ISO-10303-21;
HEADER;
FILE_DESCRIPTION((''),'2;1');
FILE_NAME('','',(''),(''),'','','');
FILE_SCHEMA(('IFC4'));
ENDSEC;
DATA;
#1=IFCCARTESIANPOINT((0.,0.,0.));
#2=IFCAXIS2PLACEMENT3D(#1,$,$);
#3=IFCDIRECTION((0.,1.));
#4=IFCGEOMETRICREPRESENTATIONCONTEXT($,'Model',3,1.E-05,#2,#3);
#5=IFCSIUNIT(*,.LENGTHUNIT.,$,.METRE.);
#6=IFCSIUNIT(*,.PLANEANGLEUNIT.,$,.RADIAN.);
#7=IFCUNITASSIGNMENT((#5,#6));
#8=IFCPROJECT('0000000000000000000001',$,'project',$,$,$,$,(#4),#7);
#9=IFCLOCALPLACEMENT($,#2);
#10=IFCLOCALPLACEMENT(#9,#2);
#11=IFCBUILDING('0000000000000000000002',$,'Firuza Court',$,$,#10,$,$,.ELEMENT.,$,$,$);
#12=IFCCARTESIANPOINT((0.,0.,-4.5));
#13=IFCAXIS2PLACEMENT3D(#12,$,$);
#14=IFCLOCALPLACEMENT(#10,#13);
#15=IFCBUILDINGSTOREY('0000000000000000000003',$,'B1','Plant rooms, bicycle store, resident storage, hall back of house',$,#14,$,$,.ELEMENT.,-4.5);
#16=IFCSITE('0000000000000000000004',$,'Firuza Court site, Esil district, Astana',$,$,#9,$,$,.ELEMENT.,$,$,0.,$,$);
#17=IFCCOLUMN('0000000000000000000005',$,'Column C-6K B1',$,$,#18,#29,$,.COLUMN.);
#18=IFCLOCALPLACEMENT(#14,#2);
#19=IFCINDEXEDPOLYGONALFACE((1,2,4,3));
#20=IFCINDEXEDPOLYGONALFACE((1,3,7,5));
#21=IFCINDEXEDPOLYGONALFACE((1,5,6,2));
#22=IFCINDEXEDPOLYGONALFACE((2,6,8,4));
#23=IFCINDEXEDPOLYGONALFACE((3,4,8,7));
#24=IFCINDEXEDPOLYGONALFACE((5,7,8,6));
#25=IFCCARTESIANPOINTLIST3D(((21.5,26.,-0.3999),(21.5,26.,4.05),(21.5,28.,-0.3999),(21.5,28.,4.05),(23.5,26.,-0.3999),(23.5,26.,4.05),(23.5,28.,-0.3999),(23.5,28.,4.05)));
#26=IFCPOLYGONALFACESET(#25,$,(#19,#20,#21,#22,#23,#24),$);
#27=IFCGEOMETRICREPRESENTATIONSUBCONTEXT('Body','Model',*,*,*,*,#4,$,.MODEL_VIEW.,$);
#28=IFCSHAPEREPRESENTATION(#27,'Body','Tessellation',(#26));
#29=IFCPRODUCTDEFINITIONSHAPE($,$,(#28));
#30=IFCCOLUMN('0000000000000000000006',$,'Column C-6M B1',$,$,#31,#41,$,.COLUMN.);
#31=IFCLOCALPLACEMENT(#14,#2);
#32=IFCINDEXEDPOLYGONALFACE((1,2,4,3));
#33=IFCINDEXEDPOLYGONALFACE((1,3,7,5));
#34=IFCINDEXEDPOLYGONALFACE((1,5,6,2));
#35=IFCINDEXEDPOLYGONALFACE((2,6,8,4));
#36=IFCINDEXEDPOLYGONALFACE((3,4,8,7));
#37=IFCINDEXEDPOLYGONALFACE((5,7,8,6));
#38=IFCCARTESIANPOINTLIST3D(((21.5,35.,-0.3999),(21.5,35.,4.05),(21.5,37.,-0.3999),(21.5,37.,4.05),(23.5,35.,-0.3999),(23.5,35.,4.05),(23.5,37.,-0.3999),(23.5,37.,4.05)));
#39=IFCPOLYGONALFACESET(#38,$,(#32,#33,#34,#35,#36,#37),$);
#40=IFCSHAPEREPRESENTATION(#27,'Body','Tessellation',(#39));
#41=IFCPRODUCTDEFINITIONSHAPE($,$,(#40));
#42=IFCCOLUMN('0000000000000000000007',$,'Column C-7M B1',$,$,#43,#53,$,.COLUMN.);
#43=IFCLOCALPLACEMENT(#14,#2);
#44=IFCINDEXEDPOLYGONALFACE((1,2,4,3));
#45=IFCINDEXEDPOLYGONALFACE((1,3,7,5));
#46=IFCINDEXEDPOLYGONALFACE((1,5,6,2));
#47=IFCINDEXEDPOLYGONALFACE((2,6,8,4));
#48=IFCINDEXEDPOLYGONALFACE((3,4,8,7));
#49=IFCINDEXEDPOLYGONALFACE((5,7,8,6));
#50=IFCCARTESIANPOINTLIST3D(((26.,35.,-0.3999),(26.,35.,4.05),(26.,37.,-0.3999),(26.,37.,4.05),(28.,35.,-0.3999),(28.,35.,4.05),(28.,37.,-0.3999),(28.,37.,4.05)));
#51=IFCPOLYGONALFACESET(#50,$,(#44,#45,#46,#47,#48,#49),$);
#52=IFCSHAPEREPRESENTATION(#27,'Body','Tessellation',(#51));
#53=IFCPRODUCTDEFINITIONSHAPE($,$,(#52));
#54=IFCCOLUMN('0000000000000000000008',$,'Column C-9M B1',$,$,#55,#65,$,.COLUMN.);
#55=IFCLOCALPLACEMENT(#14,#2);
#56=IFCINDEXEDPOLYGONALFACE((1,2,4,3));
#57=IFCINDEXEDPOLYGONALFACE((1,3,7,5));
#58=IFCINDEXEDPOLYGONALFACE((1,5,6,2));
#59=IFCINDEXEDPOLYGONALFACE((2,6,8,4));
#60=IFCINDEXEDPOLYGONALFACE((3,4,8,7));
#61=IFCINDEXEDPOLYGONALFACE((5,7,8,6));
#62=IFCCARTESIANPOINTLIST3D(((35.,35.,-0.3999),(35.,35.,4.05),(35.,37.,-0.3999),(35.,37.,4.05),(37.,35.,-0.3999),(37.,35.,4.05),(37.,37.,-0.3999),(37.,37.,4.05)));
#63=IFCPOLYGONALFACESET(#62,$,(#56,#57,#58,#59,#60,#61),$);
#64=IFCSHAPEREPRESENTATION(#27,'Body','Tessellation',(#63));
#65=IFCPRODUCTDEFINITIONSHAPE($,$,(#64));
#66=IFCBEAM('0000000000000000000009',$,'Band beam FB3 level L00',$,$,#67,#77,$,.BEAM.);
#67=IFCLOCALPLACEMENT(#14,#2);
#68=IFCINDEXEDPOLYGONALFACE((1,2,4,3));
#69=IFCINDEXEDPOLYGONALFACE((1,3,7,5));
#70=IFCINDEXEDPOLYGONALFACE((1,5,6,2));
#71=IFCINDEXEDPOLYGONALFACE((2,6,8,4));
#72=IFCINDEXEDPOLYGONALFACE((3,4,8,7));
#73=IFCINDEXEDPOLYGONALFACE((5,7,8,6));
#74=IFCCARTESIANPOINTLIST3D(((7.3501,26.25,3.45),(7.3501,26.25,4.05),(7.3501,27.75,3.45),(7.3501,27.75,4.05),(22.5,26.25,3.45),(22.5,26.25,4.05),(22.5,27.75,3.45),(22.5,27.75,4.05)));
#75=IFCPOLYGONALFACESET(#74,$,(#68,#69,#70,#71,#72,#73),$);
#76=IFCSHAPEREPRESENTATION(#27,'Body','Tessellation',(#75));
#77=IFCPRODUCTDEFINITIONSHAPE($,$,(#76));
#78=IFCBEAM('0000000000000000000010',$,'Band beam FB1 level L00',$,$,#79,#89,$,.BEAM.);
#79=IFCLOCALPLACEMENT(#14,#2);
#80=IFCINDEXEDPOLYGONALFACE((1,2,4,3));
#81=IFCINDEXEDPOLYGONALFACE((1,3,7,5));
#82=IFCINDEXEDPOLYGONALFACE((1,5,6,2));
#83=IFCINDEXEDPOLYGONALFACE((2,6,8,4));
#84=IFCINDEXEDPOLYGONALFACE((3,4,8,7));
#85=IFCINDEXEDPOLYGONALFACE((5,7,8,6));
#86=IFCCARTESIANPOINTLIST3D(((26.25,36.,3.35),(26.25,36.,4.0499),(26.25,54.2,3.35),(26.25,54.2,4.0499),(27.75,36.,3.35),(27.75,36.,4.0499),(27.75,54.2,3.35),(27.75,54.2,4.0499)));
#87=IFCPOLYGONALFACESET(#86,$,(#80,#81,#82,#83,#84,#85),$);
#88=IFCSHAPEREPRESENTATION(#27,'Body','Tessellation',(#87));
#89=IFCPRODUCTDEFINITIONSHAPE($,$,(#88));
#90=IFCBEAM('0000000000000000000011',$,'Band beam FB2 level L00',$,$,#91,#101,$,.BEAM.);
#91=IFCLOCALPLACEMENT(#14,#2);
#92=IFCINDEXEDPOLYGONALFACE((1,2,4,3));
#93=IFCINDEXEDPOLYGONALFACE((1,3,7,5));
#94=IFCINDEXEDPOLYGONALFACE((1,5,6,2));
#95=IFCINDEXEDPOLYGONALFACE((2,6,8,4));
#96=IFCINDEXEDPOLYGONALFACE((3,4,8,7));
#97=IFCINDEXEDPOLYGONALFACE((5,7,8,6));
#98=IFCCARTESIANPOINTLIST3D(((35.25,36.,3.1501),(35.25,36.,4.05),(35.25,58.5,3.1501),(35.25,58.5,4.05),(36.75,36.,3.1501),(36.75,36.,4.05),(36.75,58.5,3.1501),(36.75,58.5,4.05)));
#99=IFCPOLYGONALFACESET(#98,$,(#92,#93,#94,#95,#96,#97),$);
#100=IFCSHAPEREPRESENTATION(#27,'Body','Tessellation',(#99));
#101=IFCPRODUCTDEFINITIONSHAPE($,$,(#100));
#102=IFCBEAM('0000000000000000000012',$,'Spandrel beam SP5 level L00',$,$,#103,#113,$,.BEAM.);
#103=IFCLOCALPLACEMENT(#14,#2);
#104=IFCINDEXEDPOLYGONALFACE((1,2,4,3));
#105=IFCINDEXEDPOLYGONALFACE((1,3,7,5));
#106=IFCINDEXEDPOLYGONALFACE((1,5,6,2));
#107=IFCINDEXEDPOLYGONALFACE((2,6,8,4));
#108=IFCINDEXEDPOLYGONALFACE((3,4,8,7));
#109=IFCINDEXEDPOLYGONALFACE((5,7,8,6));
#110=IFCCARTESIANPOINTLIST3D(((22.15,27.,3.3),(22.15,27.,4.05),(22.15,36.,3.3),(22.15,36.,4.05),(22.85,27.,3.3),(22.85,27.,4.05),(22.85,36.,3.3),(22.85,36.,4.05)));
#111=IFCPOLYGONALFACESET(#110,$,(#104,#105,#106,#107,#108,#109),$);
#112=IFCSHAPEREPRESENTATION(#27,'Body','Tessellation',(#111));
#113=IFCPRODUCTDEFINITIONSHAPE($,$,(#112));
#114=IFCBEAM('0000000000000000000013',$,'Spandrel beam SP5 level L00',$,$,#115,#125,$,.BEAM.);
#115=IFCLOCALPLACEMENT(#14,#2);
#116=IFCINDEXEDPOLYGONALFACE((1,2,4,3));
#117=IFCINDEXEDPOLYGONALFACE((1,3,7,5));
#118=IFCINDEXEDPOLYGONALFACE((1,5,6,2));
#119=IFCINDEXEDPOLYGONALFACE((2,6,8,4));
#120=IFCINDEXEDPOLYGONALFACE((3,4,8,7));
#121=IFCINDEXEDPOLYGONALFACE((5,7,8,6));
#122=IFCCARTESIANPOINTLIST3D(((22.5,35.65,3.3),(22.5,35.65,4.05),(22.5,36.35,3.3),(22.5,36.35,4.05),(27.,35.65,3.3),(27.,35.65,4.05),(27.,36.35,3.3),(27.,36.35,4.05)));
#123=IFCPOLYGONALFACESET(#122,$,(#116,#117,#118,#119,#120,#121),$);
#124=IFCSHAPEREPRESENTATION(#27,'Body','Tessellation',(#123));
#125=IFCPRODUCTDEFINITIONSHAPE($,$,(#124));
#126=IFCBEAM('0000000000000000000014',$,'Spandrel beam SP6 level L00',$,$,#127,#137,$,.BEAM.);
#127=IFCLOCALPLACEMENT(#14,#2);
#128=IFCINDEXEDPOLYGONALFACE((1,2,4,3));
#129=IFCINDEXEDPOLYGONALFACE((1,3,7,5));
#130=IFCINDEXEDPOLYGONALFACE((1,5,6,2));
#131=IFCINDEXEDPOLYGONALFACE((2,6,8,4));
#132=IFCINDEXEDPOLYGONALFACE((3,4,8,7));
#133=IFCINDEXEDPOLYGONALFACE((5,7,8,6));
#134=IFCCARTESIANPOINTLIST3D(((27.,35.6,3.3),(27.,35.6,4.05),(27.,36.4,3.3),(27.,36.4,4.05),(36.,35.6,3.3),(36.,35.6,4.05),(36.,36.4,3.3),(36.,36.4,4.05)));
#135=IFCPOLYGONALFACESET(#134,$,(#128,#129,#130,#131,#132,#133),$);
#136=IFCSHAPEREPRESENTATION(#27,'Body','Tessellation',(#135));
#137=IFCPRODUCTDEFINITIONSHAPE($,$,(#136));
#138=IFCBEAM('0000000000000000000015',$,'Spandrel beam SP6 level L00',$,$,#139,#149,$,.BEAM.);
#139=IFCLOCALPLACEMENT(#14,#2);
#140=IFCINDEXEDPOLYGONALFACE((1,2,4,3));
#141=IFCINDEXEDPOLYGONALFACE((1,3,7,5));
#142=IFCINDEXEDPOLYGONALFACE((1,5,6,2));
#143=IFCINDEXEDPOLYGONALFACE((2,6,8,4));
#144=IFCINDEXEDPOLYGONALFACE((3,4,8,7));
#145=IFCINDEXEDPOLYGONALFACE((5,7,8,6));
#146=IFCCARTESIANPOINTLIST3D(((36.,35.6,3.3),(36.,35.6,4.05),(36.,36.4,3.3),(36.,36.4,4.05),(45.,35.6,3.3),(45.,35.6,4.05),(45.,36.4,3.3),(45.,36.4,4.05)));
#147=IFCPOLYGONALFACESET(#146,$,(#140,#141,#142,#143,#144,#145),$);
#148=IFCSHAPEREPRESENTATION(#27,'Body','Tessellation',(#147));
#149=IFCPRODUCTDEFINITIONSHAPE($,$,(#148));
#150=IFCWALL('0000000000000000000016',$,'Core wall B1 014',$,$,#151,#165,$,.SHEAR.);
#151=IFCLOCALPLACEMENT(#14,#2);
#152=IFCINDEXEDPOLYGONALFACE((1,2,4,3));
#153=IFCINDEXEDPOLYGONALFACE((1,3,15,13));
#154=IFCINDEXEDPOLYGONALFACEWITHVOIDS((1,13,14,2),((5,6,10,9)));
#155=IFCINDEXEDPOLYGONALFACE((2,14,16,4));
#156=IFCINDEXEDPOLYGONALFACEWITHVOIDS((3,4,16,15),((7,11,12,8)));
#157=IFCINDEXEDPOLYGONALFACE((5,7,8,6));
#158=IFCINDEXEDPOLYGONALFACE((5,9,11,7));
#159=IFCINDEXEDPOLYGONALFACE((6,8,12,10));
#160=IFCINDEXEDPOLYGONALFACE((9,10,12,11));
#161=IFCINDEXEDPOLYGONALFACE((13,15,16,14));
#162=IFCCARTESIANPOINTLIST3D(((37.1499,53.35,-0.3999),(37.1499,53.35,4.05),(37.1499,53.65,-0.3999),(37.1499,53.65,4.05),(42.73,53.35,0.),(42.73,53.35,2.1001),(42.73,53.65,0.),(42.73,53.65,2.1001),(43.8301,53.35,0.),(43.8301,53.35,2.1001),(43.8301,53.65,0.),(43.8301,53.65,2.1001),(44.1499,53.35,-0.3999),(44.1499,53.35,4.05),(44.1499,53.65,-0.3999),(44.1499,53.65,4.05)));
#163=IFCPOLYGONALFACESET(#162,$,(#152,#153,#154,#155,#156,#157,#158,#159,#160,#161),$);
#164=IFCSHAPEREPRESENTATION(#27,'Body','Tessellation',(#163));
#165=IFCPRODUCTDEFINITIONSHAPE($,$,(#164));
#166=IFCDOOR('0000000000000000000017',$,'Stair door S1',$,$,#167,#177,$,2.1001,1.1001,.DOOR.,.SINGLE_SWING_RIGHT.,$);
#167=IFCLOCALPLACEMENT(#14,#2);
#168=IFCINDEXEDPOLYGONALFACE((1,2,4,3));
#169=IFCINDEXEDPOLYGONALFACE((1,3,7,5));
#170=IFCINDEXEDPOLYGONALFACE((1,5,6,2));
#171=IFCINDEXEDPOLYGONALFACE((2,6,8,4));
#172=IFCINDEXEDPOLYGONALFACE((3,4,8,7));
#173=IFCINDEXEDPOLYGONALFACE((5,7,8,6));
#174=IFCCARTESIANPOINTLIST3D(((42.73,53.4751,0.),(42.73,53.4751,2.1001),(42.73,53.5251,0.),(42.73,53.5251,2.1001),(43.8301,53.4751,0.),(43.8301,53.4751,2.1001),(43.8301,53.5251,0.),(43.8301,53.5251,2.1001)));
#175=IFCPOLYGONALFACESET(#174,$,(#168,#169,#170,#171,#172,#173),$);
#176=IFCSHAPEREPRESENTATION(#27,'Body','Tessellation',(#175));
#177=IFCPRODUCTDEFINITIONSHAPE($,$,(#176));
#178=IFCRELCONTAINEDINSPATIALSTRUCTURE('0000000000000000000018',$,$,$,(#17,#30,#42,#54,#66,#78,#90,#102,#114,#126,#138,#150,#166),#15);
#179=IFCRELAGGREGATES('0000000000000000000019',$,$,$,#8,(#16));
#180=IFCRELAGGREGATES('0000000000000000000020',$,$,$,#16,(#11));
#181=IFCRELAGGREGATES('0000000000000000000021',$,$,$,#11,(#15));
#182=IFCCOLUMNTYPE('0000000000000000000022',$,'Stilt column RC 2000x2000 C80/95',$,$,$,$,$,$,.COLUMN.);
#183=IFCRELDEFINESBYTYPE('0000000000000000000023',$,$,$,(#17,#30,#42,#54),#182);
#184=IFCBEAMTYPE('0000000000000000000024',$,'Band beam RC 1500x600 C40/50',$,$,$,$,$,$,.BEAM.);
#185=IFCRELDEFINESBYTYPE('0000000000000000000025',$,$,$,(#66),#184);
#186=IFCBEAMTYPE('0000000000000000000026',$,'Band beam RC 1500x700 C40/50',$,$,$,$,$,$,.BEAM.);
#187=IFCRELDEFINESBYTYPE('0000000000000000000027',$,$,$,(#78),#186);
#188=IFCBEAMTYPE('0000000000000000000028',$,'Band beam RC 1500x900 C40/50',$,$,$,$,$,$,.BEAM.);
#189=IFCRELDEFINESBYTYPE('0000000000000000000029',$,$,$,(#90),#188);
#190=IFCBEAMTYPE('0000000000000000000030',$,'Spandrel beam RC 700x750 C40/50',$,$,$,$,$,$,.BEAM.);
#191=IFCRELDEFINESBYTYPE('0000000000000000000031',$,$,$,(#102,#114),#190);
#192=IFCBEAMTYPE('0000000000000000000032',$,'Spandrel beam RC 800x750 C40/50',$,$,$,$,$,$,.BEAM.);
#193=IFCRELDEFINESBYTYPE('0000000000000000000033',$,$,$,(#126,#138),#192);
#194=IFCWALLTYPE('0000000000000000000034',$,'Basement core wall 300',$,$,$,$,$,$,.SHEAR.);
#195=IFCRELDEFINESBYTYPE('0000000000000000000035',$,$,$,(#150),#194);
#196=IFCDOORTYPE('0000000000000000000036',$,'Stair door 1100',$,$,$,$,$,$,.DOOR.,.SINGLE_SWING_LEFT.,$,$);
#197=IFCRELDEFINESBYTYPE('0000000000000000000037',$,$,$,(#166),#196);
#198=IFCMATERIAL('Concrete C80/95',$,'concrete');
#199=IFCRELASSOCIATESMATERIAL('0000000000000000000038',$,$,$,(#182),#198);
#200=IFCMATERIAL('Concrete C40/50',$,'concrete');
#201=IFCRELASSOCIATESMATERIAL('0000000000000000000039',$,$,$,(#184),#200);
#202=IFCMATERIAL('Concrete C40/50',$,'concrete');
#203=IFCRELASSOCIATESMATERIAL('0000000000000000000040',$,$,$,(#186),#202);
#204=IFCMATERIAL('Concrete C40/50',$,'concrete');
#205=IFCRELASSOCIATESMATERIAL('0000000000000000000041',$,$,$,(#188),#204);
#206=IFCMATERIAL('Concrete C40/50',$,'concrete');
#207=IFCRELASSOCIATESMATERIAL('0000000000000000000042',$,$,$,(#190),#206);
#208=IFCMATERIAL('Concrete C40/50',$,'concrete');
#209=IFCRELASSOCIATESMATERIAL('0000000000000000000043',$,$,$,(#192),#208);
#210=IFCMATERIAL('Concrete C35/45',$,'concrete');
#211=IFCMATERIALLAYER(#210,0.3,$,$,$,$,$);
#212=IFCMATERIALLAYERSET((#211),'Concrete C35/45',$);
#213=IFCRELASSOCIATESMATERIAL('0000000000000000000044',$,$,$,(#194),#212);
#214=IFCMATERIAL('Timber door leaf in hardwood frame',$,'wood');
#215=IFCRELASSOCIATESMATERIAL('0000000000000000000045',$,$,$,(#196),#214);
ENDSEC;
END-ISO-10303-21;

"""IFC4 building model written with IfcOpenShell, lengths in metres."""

from ifc_helpers import new_model, si_unit, direction, frame, frame_2d, origin, origin_2d, place, context, subcontext, project, spatial, rectangle, extrude, material, layer, layer_set, material_profile, profile_set, type_object, element, fill, save


model = new_model("IFC4")

# Units and contexts
model_context = context("Model", 3, precision=1e-05, world=origin(), true_north=direction((0.0, 1.0)))
body_context = subcontext(model_context, "Body", "Model", "MODEL_VIEW")
ifc_project = project(units=[si_unit("LENGTHUNIT", "METRE"), si_unit("PLANEANGLEUNIT", "RADIAN")], contexts=[model_context])

# Site, building, storey
site_placement = place(None, origin())
site = spatial("IfcSite", under=ifc_project, at=site_placement, Name="Firuza Court site, Esil district, Astana", CompositionType="ELEMENT", RefElevation=0.0)
building_placement = place(site_placement, origin())
building = spatial("IfcBuilding", under=site, at=building_placement, Name="Firuza Court", CompositionType="ELEMENT")
storey_placement = place(building_placement, frame((0.0, 0.0, -4.5)))
storey = spatial("IfcBuildingStorey", under=building, at=storey_placement, Name="B1", Description="Plant rooms, bicycle store, resident storage, hall back of house", CompositionType="ELEMENT", Elevation=-4.5)

# Columns
ifc_material_1 = material(Name="Concrete C80/95", Category="concrete")
ifc_material_profile_1 = material_profile(ifc_material_1, rectangle(XDim=2.0, YDim=2.0, at=origin_2d()), Name="RC 2000x2000")
ifc_profile_set_1 = profile_set([ifc_material_profile_1], Name="Concrete C80/95")
column_type = type_object("IfcColumnType", Name="Stilt column RC 2000x2000 C80/95", PredefinedType="COLUMN", material=ifc_profile_set_1)
for number, where, z_axis, x_axis, name in (
    (1, (22.5, 27.0, -0.3999), (0.0, 0.0, 1.0), (1.0, 0.0, 0.0), "Column C-6K B1"),
    (2, (22.5, 36.0, -0.3999), (0.0, 0.0, 1.0), (1.0, 0.0, 0.0), "Column C-6M B1"),
    (3, (27.0, 36.0, -0.3999), (0.0, 0.0, 1.0), (1.0, 0.0, 0.0), "Column C-7M B1"),
    (4, (36.0, 36.0, -0.3999), (0.0, 0.0, 1.0), (1.0, 0.0, 0.0), "Column C-9M B1"),
):
    element("IfcColumn", number, at=place(storey_placement, frame(where, z_axis=z_axis, x_axis=x_axis)), inside=storey, type_object=column_type, Name=name, PredefinedType="COLUMN", context=body_context, shape_type="SweptSolid", body=[
        extrude(rectangle(XDim=2.0, YDim=2.0, at=origin_2d()), origin(), (0.0, 0.0, 1.0), 4.45),
    ])

# Beams
ifc_material_2 = material(Name="Concrete C40/50", Category="concrete")
ifc_material_profile_2 = material_profile(ifc_material_2, rectangle(XDim=1.5, YDim=0.6001, at=origin_2d()), Name="RC 1500x600")
ifc_profile_set_2 = profile_set([ifc_material_profile_2], Name="Concrete C40/50")
beam_type_1 = type_object("IfcBeamType", Name="Band beam RC 1500x600 C40/50", PredefinedType="BEAM", material=ifc_profile_set_2)
beam_1_placement = place(storey_placement, frame((22.5, 27.0, 3.75), z_axis=(-1.0, 0.0, 0.0), x_axis=(0.0, -1.0, 0.0)))
element("IfcBeam", 5, at=beam_1_placement, inside=storey, type_object=beam_type_1, Name="Band beam FB3 level L00", PredefinedType="BEAM", context=body_context, shape_type="SweptSolid", body=[
    extrude(rectangle(XDim=1.5, YDim=0.6001, at=origin_2d()), origin(), (0.0, 0.0, 1.0), 15.1499),
])
ifc_material_3 = material(Name="Concrete C40/50", Category="concrete")
ifc_material_profile_3 = material_profile(ifc_material_3, rectangle(XDim=1.5, YDim=0.7, at=origin_2d()), Name="RC 1500x700")
ifc_profile_set_3 = profile_set([ifc_material_profile_3], Name="Concrete C40/50")
beam_type_2 = type_object("IfcBeamType", Name="Band beam RC 1500x700 C40/50", PredefinedType="BEAM", material=ifc_profile_set_3)
beam_2_placement = place(storey_placement, frame((27.0, 36.0, 3.7), z_axis=(0.0, 1.0, 0.0), x_axis=(-1.0, 0.0, 0.0)))
element("IfcBeam", 6, at=beam_2_placement, inside=storey, type_object=beam_type_2, Name="Band beam FB1 level L00", PredefinedType="BEAM", context=body_context, shape_type="SweptSolid", body=[
    extrude(rectangle(XDim=1.5, YDim=0.7, at=origin_2d()), origin(), (0.0, 0.0, 1.0), 18.2),
])
ifc_material_4 = material(Name="Concrete C40/50", Category="concrete")
ifc_material_profile_4 = material_profile(ifc_material_4, rectangle(XDim=1.5, YDim=0.8999, at=origin_2d()), Name="RC 1500x900")
ifc_profile_set_4 = profile_set([ifc_material_profile_4], Name="Concrete C40/50")
beam_type_3 = type_object("IfcBeamType", Name="Band beam RC 1500x900 C40/50", PredefinedType="BEAM", material=ifc_profile_set_4)
beam_3_placement = place(storey_placement, frame((36.0, 36.0, 3.6001), z_axis=(0.0, 1.0, 0.0), x_axis=(-1.0, 0.0, 0.0)))
element("IfcBeam", 7, at=beam_3_placement, inside=storey, type_object=beam_type_3, Name="Band beam FB2 level L00", PredefinedType="BEAM", context=body_context, shape_type="SweptSolid", body=[
    extrude(rectangle(XDim=1.5, YDim=0.8999, at=origin_2d()), origin(), (0.0, 0.0, 1.0), 22.5),
])
ifc_material_5 = material(Name="Concrete C40/50", Category="concrete")
ifc_material_profile_5 = material_profile(ifc_material_5, rectangle(XDim=0.7, YDim=0.75, at=origin_2d()), Name="RC 700x750")
ifc_profile_set_5 = profile_set([ifc_material_profile_5], Name="Concrete C40/50")
beam_type_4 = type_object("IfcBeamType", Name="Spandrel beam RC 700x750 C40/50", PredefinedType="BEAM", material=ifc_profile_set_5)
beam_4_placement = place(storey_placement, frame((22.5, 27.0, 3.675), z_axis=(0.0, 1.0, 0.0), x_axis=(-1.0, 0.0, 0.0)))
element("IfcBeam", 8, at=beam_4_placement, inside=storey, type_object=beam_type_4, Name="Spandrel beam SP5 level L00", PredefinedType="BEAM", context=body_context, shape_type="SweptSolid", body=[
    extrude(rectangle(XDim=0.7, YDim=0.75, at=origin_2d()), origin(), (0.0, 0.0, 1.0), 9.0),
])
beam_5_placement = place(storey_placement, frame((22.5, 36.0, 3.675), z_axis=(1.0, 0.0, 0.0), x_axis=(0.0, 1.0, 0.0)))
element("IfcBeam", 9, at=beam_5_placement, inside=storey, type_object=beam_type_4, Name="Spandrel beam SP5 level L00", PredefinedType="BEAM", context=body_context, shape_type="SweptSolid", body=[
    extrude(rectangle(XDim=0.7, YDim=0.75, at=origin_2d()), origin(), (0.0, 0.0, 1.0), 4.5),
])
ifc_material_6 = material(Name="Concrete C40/50", Category="concrete")
ifc_material_profile_6 = material_profile(ifc_material_6, rectangle(XDim=0.8, YDim=0.75, at=origin_2d()), Name="RC 800x750")
ifc_profile_set_6 = profile_set([ifc_material_profile_6], Name="Concrete C40/50")
beam_type_5 = type_object("IfcBeamType", Name="Spandrel beam RC 800x750 C40/50", PredefinedType="BEAM", material=ifc_profile_set_6)
for number, where, z_axis, x_axis, name in (
    (10, (27.0, 36.0, 3.675), (1.0, 0.0, 0.0), (0.0, 1.0, 0.0), "Spandrel beam SP6 level L00"),
    (11, (36.0, 36.0, 3.675), (1.0, 0.0, 0.0), (0.0, 1.0, 0.0), "Spandrel beam SP6 level L00"),
):
    element("IfcBeam", number, at=place(storey_placement, frame(where, z_axis=z_axis, x_axis=x_axis)), inside=storey, type_object=beam_type_5, Name=name, PredefinedType="BEAM", context=body_context, shape_type="SweptSolid", body=[
        extrude(rectangle(XDim=0.8, YDim=0.75, at=origin_2d()), origin(), (0.0, 0.0, 1.0), 9.0),
    ])

# Wall, opening, door
ifc_material_7 = material(Name="Concrete C35/45", Category="concrete")
ifc_layer_1 = layer(ifc_material_7, 0.3)
ifc_layer_set_1 = layer_set([ifc_layer_1], Name="Concrete C35/45")
wall_type_1 = type_object("IfcWallType", Name="Basement core wall 300", PredefinedType="SHEAR", material=ifc_layer_set_1)
wall_1_placement = place(storey_placement, frame((37.1499, 53.5, -0.3999), z_axis=(0.0, 0.0, 1.0), x_axis=(1.0, 0.0, 0.0)))
wall_1 = element("IfcWall", 12, at=wall_1_placement, inside=storey, type_object=wall_type_1, Name="Core wall B1 014", PredefinedType="SHEAR", context=body_context, shape_type="SweptSolid", body=[
    extrude(rectangle(XDim=7.0, YDim=0.3, at=frame_2d((3.5, 0.0))), origin(), (0.0, 0.0, 1.0), 4.45),
])
opening_1_placement = place(wall_1_placement, frame((5.5801, 0.0, 0.3999)))
opening_1 = element("IfcOpeningElement", 13, at=opening_1_placement, cuts=wall_1, PredefinedType="OPENING", context=body_context, shape_type="SweptSolid", body=[
    extrude(rectangle(XDim=1.1001, YDim=2.1001, at=frame_2d((0.55, 1.05))), frame((0.0, 0.1621, 0.0), z_axis=(0.0, -1.0, 0.0), x_axis=(1.0, 0.0, 0.0)), (0.0, 0.0, 1.0), 0.324),
])
ifc_material_8 = material(Name="Timber door leaf in hardwood frame", Category="wood")
door_type_1 = type_object("IfcDoorType", Name="Stair door 1100", OperationType="SINGLE_SWING_LEFT", PredefinedType="DOOR", material=ifc_material_8)
door_1_placement = place(opening_1_placement, frame((1.1001, 0.0, 0.0), z_axis=(0.0, 0.0, 1.0), x_axis=(-1.0, 0.0, 0.0)))
door_1 = element("IfcDoor", 14, at=door_1_placement, inside=storey, type_object=door_type_1, Name="Stair door S1", OperationType="SINGLE_SWING_RIGHT", OverallHeight=2.1001, OverallWidth=1.1001, PredefinedType="DOOR", context=body_context, shape_type="SweptSolid", body=[
    extrude(rectangle(XDim=1.1001, YDim=2.1001, at=frame_2d((0.55, 1.05))), frame((0.0, 0.0249, 0.0), z_axis=(0.0, -1.0, 0.0), x_axis=(1.0, 0.0, 0.0)), (0.0, 0.0, 1.0), 0.05),
])
fill(opening_1, door_1)

save(model, "model.ifc")
